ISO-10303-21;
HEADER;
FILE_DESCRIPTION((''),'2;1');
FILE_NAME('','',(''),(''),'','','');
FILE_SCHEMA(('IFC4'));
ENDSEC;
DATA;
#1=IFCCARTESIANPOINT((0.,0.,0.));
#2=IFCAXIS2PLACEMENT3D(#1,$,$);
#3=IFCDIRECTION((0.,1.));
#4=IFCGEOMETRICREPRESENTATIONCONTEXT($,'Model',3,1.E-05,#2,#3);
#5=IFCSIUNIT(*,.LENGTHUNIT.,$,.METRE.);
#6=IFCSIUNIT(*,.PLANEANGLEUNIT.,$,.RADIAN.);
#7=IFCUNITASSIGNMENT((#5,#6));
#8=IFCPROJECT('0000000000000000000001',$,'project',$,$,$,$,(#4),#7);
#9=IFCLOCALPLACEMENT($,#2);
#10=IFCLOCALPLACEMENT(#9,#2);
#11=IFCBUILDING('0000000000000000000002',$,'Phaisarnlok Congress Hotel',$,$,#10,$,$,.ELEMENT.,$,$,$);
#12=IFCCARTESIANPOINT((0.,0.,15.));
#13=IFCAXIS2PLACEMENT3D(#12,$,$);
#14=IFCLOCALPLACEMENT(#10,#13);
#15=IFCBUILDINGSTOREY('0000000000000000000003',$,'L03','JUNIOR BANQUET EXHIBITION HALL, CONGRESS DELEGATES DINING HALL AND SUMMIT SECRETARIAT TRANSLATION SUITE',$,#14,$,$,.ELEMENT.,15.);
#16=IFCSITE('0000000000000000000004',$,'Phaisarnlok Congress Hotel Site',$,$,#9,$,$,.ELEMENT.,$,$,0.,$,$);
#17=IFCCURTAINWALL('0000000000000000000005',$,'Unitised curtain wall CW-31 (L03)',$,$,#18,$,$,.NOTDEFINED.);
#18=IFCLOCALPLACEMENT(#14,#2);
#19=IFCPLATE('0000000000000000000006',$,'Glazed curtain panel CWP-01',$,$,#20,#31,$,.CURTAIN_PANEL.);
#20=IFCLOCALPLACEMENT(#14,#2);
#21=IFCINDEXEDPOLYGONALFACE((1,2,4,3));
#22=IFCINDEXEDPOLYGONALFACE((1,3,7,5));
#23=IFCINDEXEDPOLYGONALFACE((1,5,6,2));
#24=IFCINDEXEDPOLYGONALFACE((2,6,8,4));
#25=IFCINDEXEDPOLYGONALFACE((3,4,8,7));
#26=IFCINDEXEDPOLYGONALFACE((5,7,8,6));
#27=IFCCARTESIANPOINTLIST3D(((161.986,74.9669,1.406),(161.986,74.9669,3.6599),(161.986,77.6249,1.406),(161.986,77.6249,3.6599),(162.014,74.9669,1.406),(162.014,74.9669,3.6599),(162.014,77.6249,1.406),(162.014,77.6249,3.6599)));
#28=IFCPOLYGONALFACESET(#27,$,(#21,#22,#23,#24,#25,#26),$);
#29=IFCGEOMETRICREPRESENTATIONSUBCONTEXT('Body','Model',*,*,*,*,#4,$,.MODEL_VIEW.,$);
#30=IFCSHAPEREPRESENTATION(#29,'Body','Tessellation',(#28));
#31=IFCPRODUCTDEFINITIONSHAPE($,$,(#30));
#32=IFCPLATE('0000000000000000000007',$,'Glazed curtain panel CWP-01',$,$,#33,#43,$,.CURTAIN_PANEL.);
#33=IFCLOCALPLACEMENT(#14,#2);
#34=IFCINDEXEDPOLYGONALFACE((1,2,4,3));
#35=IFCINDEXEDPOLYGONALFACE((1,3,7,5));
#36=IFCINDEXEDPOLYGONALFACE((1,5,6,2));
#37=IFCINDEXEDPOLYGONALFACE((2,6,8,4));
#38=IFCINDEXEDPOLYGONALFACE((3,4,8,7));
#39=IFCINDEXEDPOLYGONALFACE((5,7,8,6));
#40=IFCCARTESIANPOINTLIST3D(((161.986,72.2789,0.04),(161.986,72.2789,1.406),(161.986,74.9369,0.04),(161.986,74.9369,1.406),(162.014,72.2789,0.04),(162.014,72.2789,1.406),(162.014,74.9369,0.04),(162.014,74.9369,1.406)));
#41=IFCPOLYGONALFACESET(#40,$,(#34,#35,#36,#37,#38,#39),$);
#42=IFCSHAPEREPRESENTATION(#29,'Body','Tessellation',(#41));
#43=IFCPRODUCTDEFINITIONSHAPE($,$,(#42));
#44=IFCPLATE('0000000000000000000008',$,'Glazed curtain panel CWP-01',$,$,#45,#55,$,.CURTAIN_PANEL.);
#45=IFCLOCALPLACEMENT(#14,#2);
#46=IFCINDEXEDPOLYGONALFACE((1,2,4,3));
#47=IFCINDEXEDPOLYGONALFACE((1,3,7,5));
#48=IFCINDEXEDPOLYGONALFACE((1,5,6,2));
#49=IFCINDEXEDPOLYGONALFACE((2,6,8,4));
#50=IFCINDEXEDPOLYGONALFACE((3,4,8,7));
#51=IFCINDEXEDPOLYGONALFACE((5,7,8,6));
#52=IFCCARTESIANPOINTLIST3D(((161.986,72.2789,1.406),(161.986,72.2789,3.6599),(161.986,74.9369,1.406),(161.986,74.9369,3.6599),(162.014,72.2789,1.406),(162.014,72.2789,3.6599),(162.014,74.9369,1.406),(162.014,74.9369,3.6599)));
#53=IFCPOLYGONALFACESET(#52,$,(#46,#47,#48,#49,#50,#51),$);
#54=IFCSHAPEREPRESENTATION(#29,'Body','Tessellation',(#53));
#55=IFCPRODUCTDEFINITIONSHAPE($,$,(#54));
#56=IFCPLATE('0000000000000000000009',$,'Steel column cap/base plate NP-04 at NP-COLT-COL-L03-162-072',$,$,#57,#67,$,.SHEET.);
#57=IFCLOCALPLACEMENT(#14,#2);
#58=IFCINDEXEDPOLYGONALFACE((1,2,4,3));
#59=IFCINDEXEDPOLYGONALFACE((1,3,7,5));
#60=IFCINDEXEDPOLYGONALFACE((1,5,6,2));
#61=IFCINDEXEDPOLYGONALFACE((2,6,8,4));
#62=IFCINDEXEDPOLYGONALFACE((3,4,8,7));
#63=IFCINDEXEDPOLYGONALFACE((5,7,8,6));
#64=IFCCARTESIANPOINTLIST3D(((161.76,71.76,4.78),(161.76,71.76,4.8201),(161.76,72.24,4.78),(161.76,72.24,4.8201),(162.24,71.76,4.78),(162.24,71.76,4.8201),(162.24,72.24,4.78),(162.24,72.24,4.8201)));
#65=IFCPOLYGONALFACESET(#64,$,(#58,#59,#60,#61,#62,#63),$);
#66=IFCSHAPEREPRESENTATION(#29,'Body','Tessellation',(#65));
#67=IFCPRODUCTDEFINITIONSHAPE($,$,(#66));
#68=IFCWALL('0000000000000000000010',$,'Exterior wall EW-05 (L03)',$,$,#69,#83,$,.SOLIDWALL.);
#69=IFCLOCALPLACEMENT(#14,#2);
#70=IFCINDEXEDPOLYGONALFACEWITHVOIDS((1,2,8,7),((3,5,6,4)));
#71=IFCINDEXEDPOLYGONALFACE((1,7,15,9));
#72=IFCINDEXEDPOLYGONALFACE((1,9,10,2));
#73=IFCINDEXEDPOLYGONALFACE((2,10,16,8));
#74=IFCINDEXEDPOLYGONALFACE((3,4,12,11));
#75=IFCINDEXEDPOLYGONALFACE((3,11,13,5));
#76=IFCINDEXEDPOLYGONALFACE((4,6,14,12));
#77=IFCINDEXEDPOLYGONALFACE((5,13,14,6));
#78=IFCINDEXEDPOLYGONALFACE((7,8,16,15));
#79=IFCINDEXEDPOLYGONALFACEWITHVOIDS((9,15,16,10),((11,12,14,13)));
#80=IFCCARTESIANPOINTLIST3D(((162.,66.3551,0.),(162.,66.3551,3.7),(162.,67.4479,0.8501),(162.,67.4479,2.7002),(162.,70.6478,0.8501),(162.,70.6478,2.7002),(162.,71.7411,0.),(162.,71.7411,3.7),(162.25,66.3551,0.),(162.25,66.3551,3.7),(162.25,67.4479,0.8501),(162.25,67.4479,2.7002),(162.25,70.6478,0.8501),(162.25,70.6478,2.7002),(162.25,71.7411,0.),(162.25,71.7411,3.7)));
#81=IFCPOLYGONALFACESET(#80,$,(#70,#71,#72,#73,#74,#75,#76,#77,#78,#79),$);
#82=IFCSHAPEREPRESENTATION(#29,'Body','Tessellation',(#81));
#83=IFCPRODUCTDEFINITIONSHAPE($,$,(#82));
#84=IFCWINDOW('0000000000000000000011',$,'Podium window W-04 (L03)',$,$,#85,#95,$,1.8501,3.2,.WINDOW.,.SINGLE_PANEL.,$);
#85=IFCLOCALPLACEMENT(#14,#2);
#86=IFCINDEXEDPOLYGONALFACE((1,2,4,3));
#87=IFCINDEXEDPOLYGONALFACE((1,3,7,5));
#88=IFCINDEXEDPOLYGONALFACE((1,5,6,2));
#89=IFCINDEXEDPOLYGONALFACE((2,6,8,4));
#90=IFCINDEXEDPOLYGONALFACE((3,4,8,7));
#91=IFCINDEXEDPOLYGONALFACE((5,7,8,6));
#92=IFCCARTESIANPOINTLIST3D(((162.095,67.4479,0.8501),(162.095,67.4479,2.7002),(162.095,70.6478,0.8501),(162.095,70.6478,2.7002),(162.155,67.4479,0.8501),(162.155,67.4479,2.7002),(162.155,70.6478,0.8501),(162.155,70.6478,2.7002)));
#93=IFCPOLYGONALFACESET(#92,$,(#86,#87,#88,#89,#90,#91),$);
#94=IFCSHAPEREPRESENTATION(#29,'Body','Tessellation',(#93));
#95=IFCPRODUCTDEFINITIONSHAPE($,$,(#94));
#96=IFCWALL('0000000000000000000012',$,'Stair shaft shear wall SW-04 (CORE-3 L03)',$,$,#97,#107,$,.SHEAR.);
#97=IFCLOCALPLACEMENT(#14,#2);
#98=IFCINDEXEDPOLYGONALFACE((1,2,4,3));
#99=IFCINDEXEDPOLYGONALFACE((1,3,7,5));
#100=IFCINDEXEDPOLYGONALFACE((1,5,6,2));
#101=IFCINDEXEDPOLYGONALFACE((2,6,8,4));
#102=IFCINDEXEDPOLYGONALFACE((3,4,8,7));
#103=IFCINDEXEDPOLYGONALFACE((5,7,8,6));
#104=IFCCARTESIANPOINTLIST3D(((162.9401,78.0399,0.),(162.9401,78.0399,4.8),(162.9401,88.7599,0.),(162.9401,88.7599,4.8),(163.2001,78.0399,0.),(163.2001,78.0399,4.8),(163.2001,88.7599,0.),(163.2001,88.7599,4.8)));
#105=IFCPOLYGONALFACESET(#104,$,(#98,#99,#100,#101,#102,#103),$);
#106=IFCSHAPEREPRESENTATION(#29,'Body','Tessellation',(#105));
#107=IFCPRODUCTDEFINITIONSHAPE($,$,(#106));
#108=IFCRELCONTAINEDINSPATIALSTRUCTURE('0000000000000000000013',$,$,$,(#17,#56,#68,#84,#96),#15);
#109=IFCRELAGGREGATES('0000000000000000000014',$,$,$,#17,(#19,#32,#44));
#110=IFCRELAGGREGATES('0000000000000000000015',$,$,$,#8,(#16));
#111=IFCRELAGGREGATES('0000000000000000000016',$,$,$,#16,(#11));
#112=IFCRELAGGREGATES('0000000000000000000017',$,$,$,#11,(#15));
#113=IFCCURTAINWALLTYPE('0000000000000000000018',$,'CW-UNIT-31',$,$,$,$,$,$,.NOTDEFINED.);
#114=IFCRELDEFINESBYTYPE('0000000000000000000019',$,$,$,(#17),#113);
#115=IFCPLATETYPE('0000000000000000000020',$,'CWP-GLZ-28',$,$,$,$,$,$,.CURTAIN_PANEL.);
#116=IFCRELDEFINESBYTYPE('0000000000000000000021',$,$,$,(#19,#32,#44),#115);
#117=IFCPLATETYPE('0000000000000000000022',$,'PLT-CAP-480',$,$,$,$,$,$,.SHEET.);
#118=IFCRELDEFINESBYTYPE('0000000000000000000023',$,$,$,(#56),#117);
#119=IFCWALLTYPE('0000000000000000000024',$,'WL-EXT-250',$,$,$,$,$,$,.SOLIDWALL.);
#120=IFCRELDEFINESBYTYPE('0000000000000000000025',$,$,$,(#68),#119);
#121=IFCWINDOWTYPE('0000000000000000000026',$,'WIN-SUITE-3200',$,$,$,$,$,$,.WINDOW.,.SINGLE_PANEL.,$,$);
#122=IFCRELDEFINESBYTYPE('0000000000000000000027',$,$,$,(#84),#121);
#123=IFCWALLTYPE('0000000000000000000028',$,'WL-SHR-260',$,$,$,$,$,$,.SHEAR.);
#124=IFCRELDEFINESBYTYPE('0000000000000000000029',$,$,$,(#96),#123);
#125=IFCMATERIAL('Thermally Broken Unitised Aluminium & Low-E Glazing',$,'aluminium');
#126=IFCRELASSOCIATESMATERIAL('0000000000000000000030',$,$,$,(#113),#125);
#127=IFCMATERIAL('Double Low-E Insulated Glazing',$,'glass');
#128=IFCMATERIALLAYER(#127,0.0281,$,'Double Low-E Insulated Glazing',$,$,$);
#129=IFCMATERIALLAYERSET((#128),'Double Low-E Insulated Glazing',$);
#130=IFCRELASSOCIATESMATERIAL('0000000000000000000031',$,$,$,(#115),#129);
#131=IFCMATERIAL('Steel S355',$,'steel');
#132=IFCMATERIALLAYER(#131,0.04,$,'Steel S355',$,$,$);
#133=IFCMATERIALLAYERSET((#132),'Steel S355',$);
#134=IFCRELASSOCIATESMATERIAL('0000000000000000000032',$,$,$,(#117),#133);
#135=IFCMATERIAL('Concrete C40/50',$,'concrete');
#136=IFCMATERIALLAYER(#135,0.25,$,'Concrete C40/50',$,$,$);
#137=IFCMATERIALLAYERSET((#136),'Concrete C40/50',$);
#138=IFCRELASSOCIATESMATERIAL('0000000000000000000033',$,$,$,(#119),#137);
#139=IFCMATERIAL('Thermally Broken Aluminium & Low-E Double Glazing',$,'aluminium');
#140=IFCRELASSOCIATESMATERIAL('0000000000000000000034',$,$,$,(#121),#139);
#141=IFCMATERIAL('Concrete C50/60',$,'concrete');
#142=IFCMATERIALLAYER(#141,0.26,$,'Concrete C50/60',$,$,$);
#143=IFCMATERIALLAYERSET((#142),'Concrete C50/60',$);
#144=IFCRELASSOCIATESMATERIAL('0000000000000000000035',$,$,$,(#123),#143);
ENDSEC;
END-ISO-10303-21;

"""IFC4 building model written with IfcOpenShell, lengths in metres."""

from ifc_helpers import new_model, si_unit, direction, frame, frame_2d, origin, origin_2d, place, context, subcontext, project, spatial, rectangle, extrude, material, layer, layer_set, type_object, element, fill, aggregate, save


model = new_model("IFC4")

# Units and contexts
model_context = context("Model", 3, precision=1e-05, world=origin(), true_north=direction((0.0, 1.0)))
body_context = subcontext(model_context, "Body", "Model", "MODEL_VIEW")
ifc_project = project(units=[si_unit("LENGTHUNIT", "METRE"), si_unit("PLANEANGLEUNIT", "RADIAN")], contexts=[model_context])

# Site, building, storey
site_placement = place(None, origin())
site = spatial("IfcSite", under=ifc_project, at=site_placement, Name="Phaisarnlok Congress Hotel Site", CompositionType="ELEMENT", RefElevation=0.0)
building_placement = place(site_placement, origin())
building = spatial("IfcBuilding", under=site, at=building_placement, Name="Phaisarnlok Congress Hotel", CompositionType="ELEMENT")
storey_placement = place(building_placement, frame((0.0, 0.0, 15.0)))
storey = spatial("IfcBuildingStorey", under=building, at=storey_placement, Name="L03", Description="JUNIOR BANQUET EXHIBITION HALL, CONGRESS DELEGATES DINING HALL AND SUMMIT SECRETARIAT TRANSLATION SUITE", CompositionType="ELEMENT", Elevation=15.0)

# Shared definitions
ifc_material_1 = material(Name="Concrete C50/60", Category="concrete")
ifc_material_2 = material(Name="Steel S355", Category="steel")

# Shared definitions
ifc_material_3 = material(Name="Concrete C40/50", Category="concrete")

# Curtain wall
ifc_material_4 = material(Name="Thermally Broken Unitised Aluminium & Low-E Glazing", Category="aluminium")
curtain_wall_type = type_object("IfcCurtainWallType", Name="CW-UNIT-31", PredefinedType="NOTDEFINED", material=ifc_material_4)
curtain_wall_placement = place(storey_placement, origin())
curtain_wall = element("IfcCurtainWall", 1, at=curtain_wall_placement, inside=storey, type_object=curtain_wall_type, Name="Unitised curtain wall CW-31 (L03)", PredefinedType="NOTDEFINED")

# Plates
ifc_material_5 = material(Name="Double Low-E Insulated Glazing", Category="glass")
ifc_layer_1 = layer(ifc_material_5, 0.0281, Name="Double Low-E Insulated Glazing")
ifc_layer_set_1 = layer_set([ifc_layer_1], Name="Double Low-E Insulated Glazing")
plate_type_1 = type_object("IfcPlateType", Name="CWP-GLZ-28", PredefinedType="CURTAIN_PANEL", material=ifc_layer_set_1)
plate_1_placement = place(storey_placement, frame((162.0, 77.625, 1.406), z_axis=(0.0, 0.0, 1.0), x_axis=(0.0, -1.0, 0.0)))
plate_1 = element("IfcPlate", 2, at=plate_1_placement, type_object=plate_type_1, Name="Glazed curtain panel CWP-01", PredefinedType="CURTAIN_PANEL", context=body_context, shape_type="SweptSolid", body=[
    extrude(rectangle(XDim=2.658, YDim=0.0281, at=frame_2d((1.3291, 0.0))), origin(), (0.0, 0.0, 1.0), 2.2539),
])
plate_2_placement = place(storey_placement, frame((162.0, 74.937, 0.04), z_axis=(0.0, 0.0, 1.0), x_axis=(0.0, -1.0, 0.0)))
plate_2 = element("IfcPlate", 3, at=plate_2_placement, type_object=plate_type_1, Name="Glazed curtain panel CWP-01", PredefinedType="CURTAIN_PANEL", context=body_context, shape_type="SweptSolid", body=[
    extrude(rectangle(XDim=2.658, YDim=0.0281, at=frame_2d((1.3291, 0.0))), origin(), (0.0, 0.0, 1.0), 1.366),
])
plate_3_placement = place(storey_placement, frame((162.0, 74.937, 1.406), z_axis=(0.0, 0.0, 1.0), x_axis=(0.0, -1.0, 0.0)))
plate_3 = element("IfcPlate", 4, at=plate_3_placement, type_object=plate_type_1, Name="Glazed curtain panel CWP-01", PredefinedType="CURTAIN_PANEL", context=body_context, shape_type="SweptSolid", body=[
    extrude(rectangle(XDim=2.658, YDim=0.0281, at=frame_2d((1.3291, 0.0))), origin(), (0.0, 0.0, 1.0), 2.2539),
])
aggregate(curtain_wall, [plate_1, plate_2, plate_3])
ifc_layer_2 = layer(ifc_material_2, 0.04, Name="Steel S355")
ifc_layer_set_2 = layer_set([ifc_layer_2], Name="Steel S355")
plate_type_2 = type_object("IfcPlateType", Name="PLT-CAP-480", PredefinedType="SHEET", material=ifc_layer_set_2)
plate_4_placement = place(storey_placement, frame((162.0, 72.0, 4.78), z_axis=(0.0, 0.0, 1.0), x_axis=(1.0, 0.0, 0.0)))
element("IfcPlate", 5, at=plate_4_placement, inside=storey, type_object=plate_type_2, Name="Steel column cap/base plate NP-04 at NP-COLT-COL-L03-162-072", PredefinedType="SHEET", context=body_context, shape_type="SweptSolid", body=[
    extrude(rectangle(XDim=0.48, YDim=0.48, at=origin_2d()), origin(), (0.0, 0.0, 1.0), 0.04),
])

# Wall, opening, window
ifc_layer_3 = layer(ifc_material_3, 0.25, Name="Concrete C40/50")
ifc_layer_set_3 = layer_set([ifc_layer_3], Name="Concrete C40/50")
wall_type_1 = type_object("IfcWallType", Name="WL-EXT-250", PredefinedType="SOLIDWALL", material=ifc_layer_set_3)
wall_1_placement = place(storey_placement, frame((162.125, 71.741, 0.0), z_axis=(0.0, 0.0, 1.0), x_axis=(0.0, -1.0, 0.0)))
wall_1 = element("IfcWall", 6, at=wall_1_placement, inside=storey, type_object=wall_type_1, Name="Exterior wall EW-05 (L03)", PredefinedType="SOLIDWALL", context=body_context, shape_type="SweptSolid", body=[
    extrude(rectangle(XDim=5.386, YDim=0.25, at=frame_2d((2.6929, 0.0))), origin(), (0.0, 0.0, 1.0), 3.7),
])
opening_placement = place(wall_1_placement, frame((1.093, 0.0, 0.8501)))
opening = element("IfcOpeningElement", 7, at=opening_placement, cuts=wall_1, PredefinedType="OPENING", context=body_context, shape_type="SweptSolid", body=[
    extrude(rectangle(XDim=3.2, YDim=1.8501, at=frame_2d((1.6001, 0.925))), frame((0.0, 0.135, 0.0), z_axis=(0.0, -1.0, 0.0), x_axis=(1.0, 0.0, 0.0)), (0.0, 0.0, 1.0), 0.27),
])
ifc_material_6 = material(Name="Thermally Broken Aluminium & Low-E Double Glazing", Category="aluminium")
window_type = type_object("IfcWindowType", Name="WIN-SUITE-3200", PartitioningType="SINGLE_PANEL", PredefinedType="WINDOW", material=ifc_material_6)
window_placement = place(opening_placement, origin())
window = element("IfcWindow", 8, at=window_placement, inside=storey, type_object=window_type, Name="Podium window W-04 (L03)", OverallHeight=1.8501, OverallWidth=3.2, PartitioningType="SINGLE_PANEL", PredefinedType="WINDOW", context=body_context, shape_type="SweptSolid", body=[
    extrude(rectangle(XDim=3.2, YDim=1.8501, at=frame_2d((1.6001, 0.925))), frame((0.0, 0.03, 0.0), z_axis=(0.0, -1.0, 0.0), x_axis=(1.0, 0.0, 0.0)), (0.0, 0.0, 1.0), 0.0601),
])
fill(opening, window)

# Wall
ifc_layer_4 = layer(ifc_material_1, 0.26, Name="Concrete C50/60")
ifc_layer_set_4 = layer_set([ifc_layer_4], Name="Concrete C50/60")
wall_type_2 = type_object("IfcWallType", Name="WL-SHR-260", PredefinedType="SHEAR", material=ifc_layer_set_4)
wall_2_placement = place(storey_placement, frame((163.0701, 78.04, 0.0), z_axis=(0.0, 0.0, 1.0), x_axis=(0.0, 1.0, 0.0)))
element("IfcWall", 9, at=wall_2_placement, inside=storey, type_object=wall_type_2, Name="Stair shaft shear wall SW-04 (CORE-3 L03)", PredefinedType="SHEAR", context=body_context, shape_type="SweptSolid", body=[
    extrude(rectangle(XDim=10.72, YDim=0.26, at=frame_2d((5.3599, 0.0))), origin(), (0.0, 0.0, 1.0), 4.8),
])

save(model, "model.ifc")
